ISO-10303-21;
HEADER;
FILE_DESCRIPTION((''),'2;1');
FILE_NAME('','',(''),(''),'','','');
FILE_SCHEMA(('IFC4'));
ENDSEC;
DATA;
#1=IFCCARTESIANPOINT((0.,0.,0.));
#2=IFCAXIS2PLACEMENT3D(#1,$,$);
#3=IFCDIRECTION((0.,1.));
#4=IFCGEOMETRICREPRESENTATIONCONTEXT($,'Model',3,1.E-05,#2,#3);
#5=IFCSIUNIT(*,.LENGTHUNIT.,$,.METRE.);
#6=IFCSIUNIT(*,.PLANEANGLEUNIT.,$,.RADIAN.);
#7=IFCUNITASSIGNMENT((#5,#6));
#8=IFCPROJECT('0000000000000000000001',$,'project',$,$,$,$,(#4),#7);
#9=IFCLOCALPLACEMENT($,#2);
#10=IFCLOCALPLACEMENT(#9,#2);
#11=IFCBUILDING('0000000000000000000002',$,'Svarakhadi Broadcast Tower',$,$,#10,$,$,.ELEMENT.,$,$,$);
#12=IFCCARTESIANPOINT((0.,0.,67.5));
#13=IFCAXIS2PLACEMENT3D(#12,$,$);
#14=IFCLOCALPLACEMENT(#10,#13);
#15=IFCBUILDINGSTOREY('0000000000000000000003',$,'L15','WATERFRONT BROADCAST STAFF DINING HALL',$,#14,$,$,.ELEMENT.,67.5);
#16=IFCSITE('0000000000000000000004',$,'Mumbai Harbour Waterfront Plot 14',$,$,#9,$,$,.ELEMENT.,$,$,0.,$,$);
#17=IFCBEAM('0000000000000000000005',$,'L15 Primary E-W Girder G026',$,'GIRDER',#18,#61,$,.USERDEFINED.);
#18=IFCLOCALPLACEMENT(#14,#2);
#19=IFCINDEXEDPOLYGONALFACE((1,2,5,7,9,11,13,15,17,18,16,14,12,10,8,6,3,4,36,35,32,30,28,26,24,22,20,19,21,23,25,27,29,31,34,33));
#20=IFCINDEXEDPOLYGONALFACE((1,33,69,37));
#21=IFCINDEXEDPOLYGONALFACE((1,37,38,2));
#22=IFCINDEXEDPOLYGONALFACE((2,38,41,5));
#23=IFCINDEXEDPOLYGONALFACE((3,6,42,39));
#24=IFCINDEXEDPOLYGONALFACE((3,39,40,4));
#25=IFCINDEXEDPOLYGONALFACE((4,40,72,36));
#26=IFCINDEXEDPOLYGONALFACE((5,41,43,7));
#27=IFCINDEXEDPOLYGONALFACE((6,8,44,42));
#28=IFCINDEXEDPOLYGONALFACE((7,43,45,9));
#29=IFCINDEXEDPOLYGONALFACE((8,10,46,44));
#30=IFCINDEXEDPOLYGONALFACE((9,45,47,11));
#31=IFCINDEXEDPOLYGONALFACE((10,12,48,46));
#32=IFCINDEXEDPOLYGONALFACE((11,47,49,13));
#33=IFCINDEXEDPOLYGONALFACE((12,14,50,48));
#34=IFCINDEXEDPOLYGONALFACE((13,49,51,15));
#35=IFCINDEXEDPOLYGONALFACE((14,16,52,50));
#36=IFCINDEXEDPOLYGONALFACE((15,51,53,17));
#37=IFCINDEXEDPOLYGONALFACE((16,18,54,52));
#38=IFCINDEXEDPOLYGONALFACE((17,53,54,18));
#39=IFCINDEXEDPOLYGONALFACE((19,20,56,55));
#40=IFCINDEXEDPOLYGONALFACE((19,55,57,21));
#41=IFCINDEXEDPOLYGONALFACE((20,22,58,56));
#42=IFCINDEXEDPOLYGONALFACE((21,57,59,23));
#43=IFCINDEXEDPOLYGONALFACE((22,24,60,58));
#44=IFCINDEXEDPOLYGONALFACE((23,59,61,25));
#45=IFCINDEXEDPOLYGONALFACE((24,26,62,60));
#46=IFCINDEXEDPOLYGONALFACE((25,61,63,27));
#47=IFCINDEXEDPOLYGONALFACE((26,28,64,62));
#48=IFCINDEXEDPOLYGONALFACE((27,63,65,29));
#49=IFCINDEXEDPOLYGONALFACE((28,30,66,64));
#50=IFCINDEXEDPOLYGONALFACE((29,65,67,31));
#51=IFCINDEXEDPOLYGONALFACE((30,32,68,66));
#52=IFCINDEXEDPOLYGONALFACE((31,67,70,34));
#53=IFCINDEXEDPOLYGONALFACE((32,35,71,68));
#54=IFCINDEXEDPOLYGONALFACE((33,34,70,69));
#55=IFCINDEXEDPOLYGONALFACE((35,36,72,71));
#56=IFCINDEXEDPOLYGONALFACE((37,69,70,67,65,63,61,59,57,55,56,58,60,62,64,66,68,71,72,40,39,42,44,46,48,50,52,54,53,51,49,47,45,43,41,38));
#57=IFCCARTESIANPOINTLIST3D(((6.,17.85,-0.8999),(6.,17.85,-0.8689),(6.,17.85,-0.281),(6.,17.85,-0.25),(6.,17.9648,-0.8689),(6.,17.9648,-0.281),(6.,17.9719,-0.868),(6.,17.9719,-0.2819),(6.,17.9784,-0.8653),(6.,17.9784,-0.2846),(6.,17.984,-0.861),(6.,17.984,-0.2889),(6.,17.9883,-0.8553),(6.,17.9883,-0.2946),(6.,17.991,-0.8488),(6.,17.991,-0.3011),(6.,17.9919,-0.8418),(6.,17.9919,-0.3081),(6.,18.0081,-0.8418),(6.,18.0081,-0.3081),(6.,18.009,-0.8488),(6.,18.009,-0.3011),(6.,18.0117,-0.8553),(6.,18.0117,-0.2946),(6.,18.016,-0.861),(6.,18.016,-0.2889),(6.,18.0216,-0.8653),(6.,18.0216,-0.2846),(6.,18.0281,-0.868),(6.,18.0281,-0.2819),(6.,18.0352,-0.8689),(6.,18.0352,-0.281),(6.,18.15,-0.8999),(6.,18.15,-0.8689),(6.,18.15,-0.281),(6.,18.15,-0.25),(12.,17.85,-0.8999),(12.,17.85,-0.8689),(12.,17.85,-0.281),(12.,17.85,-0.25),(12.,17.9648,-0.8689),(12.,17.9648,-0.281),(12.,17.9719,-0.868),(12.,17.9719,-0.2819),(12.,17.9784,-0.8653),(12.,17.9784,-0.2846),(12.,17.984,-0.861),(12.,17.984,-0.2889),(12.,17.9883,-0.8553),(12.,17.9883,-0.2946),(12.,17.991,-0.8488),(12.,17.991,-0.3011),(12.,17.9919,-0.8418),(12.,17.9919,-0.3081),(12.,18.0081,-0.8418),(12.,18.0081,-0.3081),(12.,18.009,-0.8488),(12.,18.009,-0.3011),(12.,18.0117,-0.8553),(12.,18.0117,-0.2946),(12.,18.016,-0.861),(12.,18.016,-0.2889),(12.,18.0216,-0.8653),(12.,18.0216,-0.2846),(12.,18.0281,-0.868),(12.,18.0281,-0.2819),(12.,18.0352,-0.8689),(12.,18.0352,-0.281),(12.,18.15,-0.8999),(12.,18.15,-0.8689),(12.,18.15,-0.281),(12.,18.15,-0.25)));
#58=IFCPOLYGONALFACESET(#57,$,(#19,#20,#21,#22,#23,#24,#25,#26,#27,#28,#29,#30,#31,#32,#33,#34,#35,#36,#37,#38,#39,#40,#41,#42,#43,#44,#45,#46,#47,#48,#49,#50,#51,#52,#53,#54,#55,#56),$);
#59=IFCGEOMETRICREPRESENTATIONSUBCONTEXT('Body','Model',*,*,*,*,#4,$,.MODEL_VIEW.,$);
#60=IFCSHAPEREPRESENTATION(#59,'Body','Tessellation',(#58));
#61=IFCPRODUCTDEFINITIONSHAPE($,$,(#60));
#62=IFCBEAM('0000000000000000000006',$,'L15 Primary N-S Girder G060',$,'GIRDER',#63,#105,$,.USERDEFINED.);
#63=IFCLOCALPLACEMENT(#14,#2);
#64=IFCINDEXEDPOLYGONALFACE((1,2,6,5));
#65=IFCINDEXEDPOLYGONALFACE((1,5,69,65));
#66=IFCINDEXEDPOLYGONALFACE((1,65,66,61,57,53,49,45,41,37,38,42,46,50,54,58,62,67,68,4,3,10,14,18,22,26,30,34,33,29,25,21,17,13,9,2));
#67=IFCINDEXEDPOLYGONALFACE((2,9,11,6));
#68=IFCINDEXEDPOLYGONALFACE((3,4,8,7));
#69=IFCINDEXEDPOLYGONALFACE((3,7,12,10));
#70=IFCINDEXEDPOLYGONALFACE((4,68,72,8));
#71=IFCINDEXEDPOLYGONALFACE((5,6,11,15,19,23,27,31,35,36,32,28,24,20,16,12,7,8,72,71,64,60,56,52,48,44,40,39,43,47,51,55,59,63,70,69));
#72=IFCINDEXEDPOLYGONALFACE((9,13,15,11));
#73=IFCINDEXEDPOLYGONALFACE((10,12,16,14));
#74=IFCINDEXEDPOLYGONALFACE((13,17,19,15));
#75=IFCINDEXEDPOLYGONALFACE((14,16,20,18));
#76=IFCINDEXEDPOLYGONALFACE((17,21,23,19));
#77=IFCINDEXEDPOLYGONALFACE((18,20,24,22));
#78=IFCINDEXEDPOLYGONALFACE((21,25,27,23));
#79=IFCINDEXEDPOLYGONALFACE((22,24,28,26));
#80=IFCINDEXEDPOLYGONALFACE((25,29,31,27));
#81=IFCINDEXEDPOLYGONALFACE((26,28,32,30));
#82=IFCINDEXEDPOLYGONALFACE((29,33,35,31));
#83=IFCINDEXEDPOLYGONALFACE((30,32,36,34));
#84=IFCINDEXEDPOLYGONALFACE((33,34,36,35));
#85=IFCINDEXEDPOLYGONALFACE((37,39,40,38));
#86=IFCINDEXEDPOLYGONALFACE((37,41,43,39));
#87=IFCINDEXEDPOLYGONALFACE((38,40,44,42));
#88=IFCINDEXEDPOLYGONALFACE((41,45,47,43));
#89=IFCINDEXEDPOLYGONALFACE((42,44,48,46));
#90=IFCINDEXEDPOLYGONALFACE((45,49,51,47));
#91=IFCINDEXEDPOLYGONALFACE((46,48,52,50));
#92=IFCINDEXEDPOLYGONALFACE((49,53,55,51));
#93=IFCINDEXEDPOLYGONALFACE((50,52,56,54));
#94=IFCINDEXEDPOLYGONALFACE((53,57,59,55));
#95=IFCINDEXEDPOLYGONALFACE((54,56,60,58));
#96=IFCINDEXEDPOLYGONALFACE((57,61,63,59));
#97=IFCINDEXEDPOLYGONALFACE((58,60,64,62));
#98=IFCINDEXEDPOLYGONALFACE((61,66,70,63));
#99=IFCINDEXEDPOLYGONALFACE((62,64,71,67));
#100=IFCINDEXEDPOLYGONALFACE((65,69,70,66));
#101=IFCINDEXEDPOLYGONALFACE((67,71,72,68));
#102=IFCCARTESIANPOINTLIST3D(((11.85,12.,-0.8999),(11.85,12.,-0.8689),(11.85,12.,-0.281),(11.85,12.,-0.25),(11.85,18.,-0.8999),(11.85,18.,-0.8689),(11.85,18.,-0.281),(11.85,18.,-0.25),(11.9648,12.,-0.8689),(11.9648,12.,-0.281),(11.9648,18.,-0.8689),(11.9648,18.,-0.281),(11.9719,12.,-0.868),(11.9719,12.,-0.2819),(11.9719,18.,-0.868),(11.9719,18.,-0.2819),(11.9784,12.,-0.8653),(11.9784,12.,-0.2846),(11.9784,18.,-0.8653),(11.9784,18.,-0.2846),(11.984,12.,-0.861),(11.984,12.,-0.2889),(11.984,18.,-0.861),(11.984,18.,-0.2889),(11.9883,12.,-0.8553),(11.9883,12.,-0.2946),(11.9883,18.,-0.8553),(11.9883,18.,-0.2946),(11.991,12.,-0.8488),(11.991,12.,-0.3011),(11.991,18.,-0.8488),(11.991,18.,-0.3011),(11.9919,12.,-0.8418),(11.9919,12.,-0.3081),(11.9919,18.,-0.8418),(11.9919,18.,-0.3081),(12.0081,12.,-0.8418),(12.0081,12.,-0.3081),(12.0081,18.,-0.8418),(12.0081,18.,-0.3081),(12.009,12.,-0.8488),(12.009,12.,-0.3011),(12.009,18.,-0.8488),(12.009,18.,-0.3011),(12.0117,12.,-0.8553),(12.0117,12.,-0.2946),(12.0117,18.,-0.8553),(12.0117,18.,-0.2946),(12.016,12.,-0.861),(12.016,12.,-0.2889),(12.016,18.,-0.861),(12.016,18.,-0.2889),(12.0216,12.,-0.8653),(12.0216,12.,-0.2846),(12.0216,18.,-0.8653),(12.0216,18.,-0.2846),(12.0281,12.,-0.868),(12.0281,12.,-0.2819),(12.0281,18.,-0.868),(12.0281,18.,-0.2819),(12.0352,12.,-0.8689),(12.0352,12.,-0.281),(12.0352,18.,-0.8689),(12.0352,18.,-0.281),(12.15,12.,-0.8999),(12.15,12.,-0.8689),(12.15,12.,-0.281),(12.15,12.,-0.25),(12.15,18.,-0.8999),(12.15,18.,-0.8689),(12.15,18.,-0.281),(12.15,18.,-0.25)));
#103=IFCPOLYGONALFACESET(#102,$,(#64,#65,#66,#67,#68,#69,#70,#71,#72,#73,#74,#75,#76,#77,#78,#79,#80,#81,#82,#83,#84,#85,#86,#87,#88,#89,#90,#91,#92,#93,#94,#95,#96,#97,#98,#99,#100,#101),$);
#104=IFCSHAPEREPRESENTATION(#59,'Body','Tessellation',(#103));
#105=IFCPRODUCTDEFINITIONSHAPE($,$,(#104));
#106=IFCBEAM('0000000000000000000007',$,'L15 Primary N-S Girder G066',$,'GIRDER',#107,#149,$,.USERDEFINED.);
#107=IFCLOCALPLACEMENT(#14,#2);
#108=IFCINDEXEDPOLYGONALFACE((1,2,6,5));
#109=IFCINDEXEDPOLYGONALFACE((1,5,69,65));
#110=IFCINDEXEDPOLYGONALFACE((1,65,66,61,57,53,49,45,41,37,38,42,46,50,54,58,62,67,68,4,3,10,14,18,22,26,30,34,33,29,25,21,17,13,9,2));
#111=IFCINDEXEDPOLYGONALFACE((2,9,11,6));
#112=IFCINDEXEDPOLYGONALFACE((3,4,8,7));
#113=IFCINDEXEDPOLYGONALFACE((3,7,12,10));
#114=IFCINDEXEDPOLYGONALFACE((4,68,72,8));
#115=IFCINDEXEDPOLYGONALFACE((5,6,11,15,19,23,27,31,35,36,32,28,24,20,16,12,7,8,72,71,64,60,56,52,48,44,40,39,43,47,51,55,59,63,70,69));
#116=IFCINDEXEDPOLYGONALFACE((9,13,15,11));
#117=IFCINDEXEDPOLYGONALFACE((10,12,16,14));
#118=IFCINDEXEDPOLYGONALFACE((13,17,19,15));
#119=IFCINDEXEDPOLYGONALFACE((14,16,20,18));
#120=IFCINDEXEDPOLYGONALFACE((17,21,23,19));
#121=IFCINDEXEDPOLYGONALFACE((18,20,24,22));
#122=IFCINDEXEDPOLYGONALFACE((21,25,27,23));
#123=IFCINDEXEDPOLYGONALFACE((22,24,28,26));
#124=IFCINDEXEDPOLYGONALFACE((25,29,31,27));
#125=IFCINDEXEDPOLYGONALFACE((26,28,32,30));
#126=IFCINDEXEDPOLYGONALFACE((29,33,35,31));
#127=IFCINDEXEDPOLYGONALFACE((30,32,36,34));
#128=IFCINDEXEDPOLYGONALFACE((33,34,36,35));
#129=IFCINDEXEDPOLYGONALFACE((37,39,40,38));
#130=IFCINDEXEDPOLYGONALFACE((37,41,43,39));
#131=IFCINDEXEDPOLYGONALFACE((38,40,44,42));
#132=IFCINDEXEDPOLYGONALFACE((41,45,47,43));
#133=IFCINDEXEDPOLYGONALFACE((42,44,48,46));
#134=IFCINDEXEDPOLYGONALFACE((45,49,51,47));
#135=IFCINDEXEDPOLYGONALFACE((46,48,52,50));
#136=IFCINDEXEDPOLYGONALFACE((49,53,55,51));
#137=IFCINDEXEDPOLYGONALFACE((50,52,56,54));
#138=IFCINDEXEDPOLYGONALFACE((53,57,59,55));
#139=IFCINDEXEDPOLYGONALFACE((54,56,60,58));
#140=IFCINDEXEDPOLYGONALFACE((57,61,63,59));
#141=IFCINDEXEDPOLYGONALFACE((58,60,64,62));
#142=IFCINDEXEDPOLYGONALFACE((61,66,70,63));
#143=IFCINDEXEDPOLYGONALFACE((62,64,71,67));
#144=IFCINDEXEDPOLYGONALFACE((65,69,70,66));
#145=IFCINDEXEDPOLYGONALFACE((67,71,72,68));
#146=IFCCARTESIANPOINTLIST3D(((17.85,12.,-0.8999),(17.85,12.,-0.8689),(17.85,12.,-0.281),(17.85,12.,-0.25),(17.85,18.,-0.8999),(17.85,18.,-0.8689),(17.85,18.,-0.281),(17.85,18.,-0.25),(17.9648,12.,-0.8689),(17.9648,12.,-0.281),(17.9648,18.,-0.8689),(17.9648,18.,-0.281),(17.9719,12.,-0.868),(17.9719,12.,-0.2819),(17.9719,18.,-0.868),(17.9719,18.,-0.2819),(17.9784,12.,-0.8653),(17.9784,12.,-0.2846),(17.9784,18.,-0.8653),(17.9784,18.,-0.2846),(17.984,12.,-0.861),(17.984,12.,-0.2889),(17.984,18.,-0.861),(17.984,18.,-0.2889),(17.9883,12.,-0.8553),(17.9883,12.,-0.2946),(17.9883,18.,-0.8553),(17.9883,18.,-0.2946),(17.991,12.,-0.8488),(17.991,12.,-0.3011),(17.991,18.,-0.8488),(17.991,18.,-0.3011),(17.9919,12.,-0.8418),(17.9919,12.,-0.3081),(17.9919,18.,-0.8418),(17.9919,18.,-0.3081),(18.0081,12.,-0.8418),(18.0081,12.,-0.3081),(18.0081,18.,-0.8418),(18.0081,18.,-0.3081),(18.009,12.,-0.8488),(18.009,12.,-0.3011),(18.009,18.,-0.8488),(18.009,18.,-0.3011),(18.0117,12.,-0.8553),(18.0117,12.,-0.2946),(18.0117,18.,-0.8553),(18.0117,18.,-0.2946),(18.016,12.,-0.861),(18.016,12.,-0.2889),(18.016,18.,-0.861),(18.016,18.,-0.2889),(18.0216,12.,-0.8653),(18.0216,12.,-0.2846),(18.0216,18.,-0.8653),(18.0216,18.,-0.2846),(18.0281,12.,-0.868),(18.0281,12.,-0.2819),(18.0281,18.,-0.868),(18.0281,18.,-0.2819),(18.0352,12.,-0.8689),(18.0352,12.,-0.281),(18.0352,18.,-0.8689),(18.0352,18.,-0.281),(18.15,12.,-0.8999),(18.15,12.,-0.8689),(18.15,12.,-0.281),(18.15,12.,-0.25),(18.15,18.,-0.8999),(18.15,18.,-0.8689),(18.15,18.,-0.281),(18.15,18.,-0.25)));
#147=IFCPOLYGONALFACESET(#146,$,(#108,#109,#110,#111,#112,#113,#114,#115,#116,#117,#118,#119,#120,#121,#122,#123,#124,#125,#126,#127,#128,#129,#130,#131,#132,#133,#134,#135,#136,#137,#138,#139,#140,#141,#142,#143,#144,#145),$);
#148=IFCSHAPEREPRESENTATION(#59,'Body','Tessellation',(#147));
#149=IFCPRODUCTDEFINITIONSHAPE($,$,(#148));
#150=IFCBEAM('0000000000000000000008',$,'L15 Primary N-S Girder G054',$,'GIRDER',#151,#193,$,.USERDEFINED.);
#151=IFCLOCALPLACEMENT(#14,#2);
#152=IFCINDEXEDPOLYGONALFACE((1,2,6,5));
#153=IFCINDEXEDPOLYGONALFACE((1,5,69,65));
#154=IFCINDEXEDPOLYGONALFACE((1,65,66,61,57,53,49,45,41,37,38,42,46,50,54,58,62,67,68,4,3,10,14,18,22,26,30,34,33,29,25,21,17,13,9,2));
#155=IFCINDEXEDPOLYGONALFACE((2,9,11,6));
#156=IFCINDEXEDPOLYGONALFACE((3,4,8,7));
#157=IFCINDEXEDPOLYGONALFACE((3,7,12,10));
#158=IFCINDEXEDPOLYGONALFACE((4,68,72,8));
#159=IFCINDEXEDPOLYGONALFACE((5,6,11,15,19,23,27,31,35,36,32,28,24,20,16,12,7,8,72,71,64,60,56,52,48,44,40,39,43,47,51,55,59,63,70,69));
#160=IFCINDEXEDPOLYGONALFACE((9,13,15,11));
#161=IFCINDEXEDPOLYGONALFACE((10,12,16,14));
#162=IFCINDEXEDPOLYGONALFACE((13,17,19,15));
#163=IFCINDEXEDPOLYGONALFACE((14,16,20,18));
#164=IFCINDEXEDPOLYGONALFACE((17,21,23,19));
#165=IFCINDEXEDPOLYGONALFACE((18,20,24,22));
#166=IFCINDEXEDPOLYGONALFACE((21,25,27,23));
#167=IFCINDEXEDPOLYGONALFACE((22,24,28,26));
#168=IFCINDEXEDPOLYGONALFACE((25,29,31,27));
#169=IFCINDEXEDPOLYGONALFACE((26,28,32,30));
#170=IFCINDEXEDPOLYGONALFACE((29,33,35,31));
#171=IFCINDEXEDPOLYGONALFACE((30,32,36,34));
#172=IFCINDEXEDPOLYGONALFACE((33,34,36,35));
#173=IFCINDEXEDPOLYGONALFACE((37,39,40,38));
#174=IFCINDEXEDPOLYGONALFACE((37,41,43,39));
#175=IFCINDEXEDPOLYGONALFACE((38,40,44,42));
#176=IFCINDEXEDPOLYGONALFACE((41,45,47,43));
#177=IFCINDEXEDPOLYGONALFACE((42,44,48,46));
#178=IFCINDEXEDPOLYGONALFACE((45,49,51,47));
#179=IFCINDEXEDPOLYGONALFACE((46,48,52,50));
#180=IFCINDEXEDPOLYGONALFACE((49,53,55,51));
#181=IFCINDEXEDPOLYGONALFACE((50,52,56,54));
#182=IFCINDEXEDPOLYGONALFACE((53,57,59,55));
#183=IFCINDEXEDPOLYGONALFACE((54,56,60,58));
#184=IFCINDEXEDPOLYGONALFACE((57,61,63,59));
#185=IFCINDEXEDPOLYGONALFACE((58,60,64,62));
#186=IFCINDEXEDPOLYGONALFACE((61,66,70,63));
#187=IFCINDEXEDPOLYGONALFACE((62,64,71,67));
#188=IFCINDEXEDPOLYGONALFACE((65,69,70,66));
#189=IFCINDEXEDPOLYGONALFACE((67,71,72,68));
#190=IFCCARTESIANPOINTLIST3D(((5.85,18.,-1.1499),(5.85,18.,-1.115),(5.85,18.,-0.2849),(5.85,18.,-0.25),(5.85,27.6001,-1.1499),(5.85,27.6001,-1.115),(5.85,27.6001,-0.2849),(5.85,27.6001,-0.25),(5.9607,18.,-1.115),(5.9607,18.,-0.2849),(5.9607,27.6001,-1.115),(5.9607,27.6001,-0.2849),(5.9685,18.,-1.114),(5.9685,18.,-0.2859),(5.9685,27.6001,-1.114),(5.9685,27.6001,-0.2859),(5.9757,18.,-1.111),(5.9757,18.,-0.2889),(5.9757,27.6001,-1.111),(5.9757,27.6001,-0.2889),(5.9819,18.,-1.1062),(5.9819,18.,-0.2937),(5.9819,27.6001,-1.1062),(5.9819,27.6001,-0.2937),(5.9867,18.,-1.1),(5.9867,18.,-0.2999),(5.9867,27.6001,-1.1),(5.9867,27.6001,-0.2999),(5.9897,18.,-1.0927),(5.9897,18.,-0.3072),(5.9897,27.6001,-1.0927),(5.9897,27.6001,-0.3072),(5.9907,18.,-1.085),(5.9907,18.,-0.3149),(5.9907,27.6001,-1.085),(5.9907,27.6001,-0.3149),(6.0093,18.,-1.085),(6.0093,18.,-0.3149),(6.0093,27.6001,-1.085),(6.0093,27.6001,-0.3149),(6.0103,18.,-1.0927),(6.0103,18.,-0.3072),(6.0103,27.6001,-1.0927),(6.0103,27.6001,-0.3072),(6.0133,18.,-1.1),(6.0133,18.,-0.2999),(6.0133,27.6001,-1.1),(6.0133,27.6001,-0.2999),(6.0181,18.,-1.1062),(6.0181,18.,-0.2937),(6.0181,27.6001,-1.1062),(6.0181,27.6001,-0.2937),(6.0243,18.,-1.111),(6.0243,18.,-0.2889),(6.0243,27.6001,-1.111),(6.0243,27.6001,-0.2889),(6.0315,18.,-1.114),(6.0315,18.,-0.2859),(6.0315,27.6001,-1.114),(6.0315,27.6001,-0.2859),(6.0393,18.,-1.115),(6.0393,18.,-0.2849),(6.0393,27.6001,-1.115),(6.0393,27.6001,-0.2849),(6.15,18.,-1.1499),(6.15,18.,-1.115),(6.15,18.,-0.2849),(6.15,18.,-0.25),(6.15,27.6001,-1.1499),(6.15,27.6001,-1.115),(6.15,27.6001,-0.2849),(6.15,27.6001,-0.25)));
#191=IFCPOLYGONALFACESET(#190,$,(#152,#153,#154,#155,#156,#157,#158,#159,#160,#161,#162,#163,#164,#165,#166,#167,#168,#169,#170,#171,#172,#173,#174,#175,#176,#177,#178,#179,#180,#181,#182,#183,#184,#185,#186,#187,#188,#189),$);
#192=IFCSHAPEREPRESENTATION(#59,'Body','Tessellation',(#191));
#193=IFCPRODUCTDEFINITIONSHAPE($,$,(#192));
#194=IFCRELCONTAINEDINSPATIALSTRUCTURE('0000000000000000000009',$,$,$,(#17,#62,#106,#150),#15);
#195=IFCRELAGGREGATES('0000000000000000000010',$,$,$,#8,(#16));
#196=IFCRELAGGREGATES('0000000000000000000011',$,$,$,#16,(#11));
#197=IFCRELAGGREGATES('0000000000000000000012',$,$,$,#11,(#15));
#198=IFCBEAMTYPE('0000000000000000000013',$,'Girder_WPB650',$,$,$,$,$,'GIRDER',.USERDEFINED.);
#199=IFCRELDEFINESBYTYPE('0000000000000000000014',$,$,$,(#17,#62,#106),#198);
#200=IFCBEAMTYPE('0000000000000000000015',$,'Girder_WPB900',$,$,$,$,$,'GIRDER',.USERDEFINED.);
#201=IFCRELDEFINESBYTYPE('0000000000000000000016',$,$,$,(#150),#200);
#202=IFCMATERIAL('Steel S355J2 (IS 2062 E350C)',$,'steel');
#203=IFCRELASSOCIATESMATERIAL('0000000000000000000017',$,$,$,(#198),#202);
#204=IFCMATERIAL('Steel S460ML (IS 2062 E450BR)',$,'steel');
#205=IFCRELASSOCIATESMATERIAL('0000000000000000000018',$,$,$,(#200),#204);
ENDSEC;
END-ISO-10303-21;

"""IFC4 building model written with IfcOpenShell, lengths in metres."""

from ifc_helpers import new_model, si_unit, direction, frame, origin, origin_2d, place, context, subcontext, project, spatial, i_section, extrude, material, material_profile, profile_set, type_object, element, save


model = new_model("IFC4")

# Units and contexts
model_context = context("Model", 3, precision=1e-05, world=origin(), true_north=direction((0.0, 1.0)))
body_context = subcontext(model_context, "Body", "Model", "MODEL_VIEW")
ifc_project = project(units=[si_unit("LENGTHUNIT", "METRE"), si_unit("PLANEANGLEUNIT", "RADIAN")], contexts=[model_context])

# Site, building, storey
site_placement = place(None, origin())
site = spatial("IfcSite", under=ifc_project, at=site_placement, Name="Mumbai Harbour Waterfront Plot 14", CompositionType="ELEMENT", RefElevation=0.0)
building_placement = place(site_placement, origin())
building = spatial("IfcBuilding", under=site, at=building_placement, Name="Svarakhadi Broadcast Tower", CompositionType="ELEMENT")
storey_placement = place(building_placement, frame((0.0, 0.0, 67.5)))
storey = spatial("IfcBuildingStorey", under=building, at=storey_placement, Name="L15", Description="WATERFRONT BROADCAST STAFF DINING HALL", CompositionType="ELEMENT", Elevation=67.5)

# Shared definitions
ifc_material_1 = material(Name="Steel S460ML (IS 2062 E450BR)", Category="steel")

# Beams
ifc_material_2 = material(Name="Steel S355J2 (IS 2062 E350C)", Category="steel")
ifc_material_profile_1 = material_profile(ifc_material_2, i_section(OverallWidth=0.3, OverallDepth=0.6499, WebThickness=0.0161, FlangeThickness=0.031, FilletRadius=0.0271, at=origin_2d()), Name="WPB 650x300x225")
ifc_profile_set_1 = profile_set([ifc_material_profile_1], Name="Steel S355J2 (IS 2062 E350C)")
beam_type_1 = type_object("IfcBeamType", Name="Girder_WPB650", ElementType="GIRDER", PredefinedType="USERDEFINED", material=ifc_profile_set_1)
for number, where, z_axis, x_axis, name in (
    (1, (6.0, 18.0, -0.575), (1.0, 0.0, 0.0), (0.0, 1.0, 0.0), "L15 Primary E-W Girder G026"),
    (2, (12.0, 12.0, -0.575), (0.0, 1.0, 0.0), (-1.0, 0.0, 0.0), "L15 Primary N-S Girder G060"),
    (3, (18.0, 12.0, -0.575), (0.0, 1.0, 0.0), (-1.0, 0.0, 0.0), "L15 Primary N-S Girder G066"),
):
    element("IfcBeam", number, at=place(storey_placement, frame(where, z_axis=z_axis, x_axis=x_axis)), inside=storey, type_object=beam_type_1, Name=name, ObjectType="GIRDER", PredefinedType="USERDEFINED", context=body_context, shape_type="SweptSolid", body=[
        extrude(i_section(OverallWidth=0.3, OverallDepth=0.6499, WebThickness=0.0161, FlangeThickness=0.031, FilletRadius=0.0271, at=origin_2d()), origin(), (0.0, 0.0, 1.0), 6.0),
    ])
ifc_material_profile_2 = material_profile(ifc_material_1, i_section(OverallWidth=0.3, OverallDepth=0.8999, WebThickness=0.0186, FlangeThickness=0.0349, FilletRadius=0.03, at=origin_2d()), Name="WPB 900x300x291")
ifc_profile_set_2 = profile_set([ifc_material_profile_2], Name="Steel S460ML (IS 2062 E450BR)")
beam_type_2 = type_object("IfcBeamType", Name="Girder_WPB900", ElementType="GIRDER", PredefinedType="USERDEFINED", material=ifc_profile_set_2)
beam_placement = place(storey_placement, frame((6.0, 18.0, -0.7), z_axis=(0.0, 1.0, 0.0), x_axis=(-1.0, 0.0, 0.0)))
element("IfcBeam", 4, at=beam_placement, inside=storey, type_object=beam_type_2, Name="L15 Primary N-S Girder G054", ObjectType="GIRDER", PredefinedType="USERDEFINED", context=body_context, shape_type="SweptSolid", body=[
    extrude(i_section(OverallWidth=0.3, OverallDepth=0.8999, WebThickness=0.0186, FlangeThickness=0.0349, FilletRadius=0.03, at=origin_2d()), origin(), (0.0, 0.0, 1.0), 9.6001),
])

save(model, "model.ifc")
